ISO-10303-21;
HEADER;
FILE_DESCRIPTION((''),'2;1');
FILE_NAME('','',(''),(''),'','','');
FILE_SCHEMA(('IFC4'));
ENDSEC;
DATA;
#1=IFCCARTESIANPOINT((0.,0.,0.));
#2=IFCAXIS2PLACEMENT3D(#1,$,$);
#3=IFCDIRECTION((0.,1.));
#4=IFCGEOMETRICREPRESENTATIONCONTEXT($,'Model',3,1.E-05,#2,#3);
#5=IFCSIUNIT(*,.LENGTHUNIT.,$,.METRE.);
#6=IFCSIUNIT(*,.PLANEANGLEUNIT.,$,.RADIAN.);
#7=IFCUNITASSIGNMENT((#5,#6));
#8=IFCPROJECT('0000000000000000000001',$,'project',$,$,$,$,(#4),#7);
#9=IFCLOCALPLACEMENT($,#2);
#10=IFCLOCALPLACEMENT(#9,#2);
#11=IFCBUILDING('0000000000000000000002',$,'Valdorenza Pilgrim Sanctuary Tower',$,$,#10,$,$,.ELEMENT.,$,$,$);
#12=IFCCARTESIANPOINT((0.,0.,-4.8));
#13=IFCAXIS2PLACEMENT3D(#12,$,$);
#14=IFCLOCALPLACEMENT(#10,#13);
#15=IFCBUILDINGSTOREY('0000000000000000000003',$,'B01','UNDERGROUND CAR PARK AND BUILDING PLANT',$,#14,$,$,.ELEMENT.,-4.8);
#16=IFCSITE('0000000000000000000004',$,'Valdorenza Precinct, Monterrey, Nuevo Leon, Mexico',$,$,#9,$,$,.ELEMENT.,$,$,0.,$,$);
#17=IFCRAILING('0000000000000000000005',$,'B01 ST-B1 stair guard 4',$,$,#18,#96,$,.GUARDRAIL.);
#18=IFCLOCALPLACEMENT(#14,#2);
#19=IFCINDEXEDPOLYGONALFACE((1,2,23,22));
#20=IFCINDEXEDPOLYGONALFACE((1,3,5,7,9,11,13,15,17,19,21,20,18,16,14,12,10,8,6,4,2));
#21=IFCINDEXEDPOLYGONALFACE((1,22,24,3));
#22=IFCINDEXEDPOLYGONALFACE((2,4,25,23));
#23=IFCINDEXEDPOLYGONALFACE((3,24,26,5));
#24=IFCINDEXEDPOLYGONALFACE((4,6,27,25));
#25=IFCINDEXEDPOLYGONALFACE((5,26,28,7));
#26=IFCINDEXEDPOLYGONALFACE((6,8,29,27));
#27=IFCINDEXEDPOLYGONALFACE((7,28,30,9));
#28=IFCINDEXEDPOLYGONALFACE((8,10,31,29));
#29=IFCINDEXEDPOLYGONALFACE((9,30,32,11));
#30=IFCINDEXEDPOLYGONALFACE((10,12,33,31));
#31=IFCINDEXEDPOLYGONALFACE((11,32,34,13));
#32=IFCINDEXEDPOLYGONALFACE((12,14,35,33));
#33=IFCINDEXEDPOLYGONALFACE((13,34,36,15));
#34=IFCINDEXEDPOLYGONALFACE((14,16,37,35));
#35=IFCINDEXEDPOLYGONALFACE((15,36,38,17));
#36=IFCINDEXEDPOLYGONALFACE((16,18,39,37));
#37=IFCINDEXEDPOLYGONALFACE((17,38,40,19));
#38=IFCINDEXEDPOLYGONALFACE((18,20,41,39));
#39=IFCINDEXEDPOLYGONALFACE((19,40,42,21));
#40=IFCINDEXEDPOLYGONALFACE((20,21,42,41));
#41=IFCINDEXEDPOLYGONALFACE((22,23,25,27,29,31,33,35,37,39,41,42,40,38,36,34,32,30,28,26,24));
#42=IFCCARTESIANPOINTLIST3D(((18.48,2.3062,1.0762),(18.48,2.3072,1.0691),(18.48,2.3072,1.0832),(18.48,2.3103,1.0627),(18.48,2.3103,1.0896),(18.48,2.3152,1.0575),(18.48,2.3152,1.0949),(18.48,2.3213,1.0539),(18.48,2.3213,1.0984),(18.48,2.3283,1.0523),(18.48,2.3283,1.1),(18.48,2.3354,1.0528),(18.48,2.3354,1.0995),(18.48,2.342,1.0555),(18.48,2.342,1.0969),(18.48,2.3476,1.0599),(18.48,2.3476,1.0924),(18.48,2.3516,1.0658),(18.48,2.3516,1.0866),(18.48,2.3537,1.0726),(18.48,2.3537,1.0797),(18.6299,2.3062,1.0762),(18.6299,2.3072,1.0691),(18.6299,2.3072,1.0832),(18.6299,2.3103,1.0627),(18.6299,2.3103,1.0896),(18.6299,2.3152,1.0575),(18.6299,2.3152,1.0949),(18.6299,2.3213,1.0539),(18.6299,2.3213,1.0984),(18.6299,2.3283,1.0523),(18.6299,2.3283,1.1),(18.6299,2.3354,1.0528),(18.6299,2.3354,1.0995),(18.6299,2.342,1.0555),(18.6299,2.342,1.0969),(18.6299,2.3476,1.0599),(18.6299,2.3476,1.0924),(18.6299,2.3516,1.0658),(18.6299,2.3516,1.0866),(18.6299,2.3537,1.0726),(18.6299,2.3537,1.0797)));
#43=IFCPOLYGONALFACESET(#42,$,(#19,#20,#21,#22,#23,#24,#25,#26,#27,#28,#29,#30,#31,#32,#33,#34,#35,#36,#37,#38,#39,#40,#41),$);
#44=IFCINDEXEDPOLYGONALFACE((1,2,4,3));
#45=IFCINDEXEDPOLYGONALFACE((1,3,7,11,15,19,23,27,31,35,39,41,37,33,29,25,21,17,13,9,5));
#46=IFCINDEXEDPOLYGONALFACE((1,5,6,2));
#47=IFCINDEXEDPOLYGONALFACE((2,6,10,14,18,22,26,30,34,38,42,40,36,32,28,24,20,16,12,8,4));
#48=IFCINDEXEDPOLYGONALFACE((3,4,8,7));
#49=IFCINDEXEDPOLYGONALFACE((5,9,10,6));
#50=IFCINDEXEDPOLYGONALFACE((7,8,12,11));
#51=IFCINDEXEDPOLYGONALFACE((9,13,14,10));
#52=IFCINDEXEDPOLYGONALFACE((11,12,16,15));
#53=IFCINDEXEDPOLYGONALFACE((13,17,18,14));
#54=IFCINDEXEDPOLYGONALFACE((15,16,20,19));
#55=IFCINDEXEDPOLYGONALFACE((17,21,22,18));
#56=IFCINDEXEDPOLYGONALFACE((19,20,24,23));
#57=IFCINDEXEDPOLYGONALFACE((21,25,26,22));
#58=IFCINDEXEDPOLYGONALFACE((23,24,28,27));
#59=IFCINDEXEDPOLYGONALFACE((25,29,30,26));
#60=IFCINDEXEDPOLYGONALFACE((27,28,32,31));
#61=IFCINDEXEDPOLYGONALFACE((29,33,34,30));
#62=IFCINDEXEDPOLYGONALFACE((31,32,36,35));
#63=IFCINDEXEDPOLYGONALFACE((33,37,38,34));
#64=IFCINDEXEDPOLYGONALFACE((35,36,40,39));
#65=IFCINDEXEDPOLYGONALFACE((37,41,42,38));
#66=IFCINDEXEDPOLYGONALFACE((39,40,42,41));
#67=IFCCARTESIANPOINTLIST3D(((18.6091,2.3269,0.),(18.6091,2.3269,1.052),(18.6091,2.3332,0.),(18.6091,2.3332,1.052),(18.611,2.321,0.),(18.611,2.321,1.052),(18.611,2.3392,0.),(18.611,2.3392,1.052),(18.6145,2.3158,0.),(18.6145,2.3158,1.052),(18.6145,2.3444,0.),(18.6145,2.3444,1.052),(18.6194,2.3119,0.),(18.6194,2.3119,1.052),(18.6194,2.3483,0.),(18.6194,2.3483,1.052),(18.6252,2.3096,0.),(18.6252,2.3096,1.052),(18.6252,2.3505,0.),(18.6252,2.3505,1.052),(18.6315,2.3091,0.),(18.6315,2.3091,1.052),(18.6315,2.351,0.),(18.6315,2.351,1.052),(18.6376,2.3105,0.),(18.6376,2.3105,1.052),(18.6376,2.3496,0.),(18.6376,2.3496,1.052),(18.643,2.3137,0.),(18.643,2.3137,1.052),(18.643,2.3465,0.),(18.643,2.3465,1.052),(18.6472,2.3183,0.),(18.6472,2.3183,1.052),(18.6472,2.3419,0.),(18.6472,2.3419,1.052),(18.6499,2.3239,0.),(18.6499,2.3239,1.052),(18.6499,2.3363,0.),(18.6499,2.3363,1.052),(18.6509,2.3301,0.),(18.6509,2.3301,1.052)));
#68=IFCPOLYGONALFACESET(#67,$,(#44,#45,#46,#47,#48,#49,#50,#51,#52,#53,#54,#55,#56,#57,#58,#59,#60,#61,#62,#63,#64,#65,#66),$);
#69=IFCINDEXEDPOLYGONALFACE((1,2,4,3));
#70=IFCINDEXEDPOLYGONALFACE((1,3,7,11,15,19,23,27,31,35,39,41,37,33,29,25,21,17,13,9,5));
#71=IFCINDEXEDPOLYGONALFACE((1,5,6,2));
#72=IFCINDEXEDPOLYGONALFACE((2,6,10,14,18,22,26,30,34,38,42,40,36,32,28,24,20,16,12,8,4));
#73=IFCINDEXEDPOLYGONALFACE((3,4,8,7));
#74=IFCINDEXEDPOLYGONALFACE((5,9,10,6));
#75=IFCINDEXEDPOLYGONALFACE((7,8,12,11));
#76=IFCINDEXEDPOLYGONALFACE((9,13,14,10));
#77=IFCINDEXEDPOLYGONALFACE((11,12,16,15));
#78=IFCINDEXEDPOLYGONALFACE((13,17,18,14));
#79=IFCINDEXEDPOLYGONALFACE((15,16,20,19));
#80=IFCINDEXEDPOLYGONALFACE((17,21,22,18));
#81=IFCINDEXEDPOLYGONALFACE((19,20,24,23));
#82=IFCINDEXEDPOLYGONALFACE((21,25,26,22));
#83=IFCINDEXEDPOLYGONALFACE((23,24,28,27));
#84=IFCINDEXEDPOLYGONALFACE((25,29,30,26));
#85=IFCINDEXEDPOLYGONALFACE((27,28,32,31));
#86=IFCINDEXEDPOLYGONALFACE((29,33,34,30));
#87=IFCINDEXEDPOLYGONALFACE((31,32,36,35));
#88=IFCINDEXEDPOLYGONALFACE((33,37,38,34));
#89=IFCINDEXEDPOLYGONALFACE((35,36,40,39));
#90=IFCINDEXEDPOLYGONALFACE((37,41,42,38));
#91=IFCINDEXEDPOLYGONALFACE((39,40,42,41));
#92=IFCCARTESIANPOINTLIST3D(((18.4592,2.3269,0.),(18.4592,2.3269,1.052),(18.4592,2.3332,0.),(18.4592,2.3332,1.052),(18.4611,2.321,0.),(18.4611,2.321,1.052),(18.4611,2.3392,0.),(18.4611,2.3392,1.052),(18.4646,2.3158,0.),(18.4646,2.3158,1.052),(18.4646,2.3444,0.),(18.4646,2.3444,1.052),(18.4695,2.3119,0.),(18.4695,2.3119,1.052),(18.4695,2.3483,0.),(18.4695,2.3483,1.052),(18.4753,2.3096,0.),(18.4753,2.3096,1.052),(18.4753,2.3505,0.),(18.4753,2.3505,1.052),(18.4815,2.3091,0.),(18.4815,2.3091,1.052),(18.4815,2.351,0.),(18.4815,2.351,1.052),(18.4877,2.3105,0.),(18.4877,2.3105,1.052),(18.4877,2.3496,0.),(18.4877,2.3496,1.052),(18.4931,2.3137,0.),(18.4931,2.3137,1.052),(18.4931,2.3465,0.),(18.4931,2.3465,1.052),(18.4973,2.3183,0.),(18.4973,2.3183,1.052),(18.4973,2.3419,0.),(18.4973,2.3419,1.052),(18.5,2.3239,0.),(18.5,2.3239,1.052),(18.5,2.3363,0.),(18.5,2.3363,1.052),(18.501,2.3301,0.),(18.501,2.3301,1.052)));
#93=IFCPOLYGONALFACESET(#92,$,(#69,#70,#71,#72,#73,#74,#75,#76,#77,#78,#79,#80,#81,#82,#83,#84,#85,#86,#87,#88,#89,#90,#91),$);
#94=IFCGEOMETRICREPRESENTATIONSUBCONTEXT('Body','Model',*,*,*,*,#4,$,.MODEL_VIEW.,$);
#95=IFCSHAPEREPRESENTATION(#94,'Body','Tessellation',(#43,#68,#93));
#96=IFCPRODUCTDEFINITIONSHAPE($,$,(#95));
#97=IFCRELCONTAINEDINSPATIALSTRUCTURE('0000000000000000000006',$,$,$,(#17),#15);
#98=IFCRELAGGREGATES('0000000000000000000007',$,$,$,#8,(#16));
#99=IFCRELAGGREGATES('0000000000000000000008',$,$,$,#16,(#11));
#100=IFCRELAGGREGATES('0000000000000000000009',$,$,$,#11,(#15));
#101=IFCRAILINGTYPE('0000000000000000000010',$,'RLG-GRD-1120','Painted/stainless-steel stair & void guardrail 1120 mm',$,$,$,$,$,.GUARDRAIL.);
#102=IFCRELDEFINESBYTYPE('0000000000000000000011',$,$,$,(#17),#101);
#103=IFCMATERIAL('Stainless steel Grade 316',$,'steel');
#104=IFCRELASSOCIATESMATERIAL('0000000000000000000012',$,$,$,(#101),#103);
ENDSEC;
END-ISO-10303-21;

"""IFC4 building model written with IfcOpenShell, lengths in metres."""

from ifc_helpers import new_model, si_unit, direction, frame, origin, origin_2d, place, context, subcontext, project, spatial, circle, extrude, material, type_object, element, save


model = new_model("IFC4")

# Units and contexts
model_context = context("Model", 3, precision=1e-05, world=origin(), true_north=direction((0.0, 1.0)))
body_context = subcontext(model_context, "Body", "Model", "MODEL_VIEW")
ifc_project = project(units=[si_unit("LENGTHUNIT", "METRE"), si_unit("PLANEANGLEUNIT", "RADIAN")], contexts=[model_context])

# Site, building, storey
site_placement = place(None, origin())
site = spatial("IfcSite", under=ifc_project, at=site_placement, Name="Valdorenza Precinct, Monterrey, Nuevo Leon, Mexico", CompositionType="ELEMENT", RefElevation=0.0)
building_placement = place(site_placement, origin())
building = spatial("IfcBuilding", under=site, at=building_placement, Name="Valdorenza Pilgrim Sanctuary Tower", CompositionType="ELEMENT")
storey_placement = place(building_placement, frame((0.0, 0.0, -4.8)))
storey = spatial("IfcBuildingStorey", under=building, at=storey_placement, Name="B01", Description="UNDERGROUND CAR PARK AND BUILDING PLANT", CompositionType="ELEMENT", Elevation=-4.8)

# Railing
ifc_material_1 = material(Name="Stainless steel Grade 316", Category="steel")
railing_type_1 = type_object("IfcRailingType", Name="RLG-GRD-1120", Description="Painted/stainless-steel stair & void guardrail 1120 mm", PredefinedType="GUARDRAIL", material=ifc_material_1)
railing_1_placement = place(storey_placement, frame((18.6299, 2.3301, 0.0)))
element("IfcRailing", 1, at=railing_1_placement, inside=storey, type_object=railing_type_1, Name="B01 ST-B1 stair guard 4", PredefinedType="GUARDRAIL", context=body_context, shape_type="SweptSolid", body=[
    extrude(circle(Radius=0.0239, at=origin_2d()), frame((0.0, 0.0, 1.0762), z_axis=(-1.0, 0.0, 0.0), x_axis=(0.0, -1.0, 0.0)), (0.0, 0.0, 1.0), 0.1499),
    extrude(circle(Radius=0.021, at=origin_2d()), origin(), (0.0, 0.0, 1.0), 1.052),
    extrude(circle(Radius=0.021, at=origin_2d()), frame((-0.1499, 0.0, 0.0)), (0.0, 0.0, 1.0), 1.052),
])

save(model, "model.ifc")
